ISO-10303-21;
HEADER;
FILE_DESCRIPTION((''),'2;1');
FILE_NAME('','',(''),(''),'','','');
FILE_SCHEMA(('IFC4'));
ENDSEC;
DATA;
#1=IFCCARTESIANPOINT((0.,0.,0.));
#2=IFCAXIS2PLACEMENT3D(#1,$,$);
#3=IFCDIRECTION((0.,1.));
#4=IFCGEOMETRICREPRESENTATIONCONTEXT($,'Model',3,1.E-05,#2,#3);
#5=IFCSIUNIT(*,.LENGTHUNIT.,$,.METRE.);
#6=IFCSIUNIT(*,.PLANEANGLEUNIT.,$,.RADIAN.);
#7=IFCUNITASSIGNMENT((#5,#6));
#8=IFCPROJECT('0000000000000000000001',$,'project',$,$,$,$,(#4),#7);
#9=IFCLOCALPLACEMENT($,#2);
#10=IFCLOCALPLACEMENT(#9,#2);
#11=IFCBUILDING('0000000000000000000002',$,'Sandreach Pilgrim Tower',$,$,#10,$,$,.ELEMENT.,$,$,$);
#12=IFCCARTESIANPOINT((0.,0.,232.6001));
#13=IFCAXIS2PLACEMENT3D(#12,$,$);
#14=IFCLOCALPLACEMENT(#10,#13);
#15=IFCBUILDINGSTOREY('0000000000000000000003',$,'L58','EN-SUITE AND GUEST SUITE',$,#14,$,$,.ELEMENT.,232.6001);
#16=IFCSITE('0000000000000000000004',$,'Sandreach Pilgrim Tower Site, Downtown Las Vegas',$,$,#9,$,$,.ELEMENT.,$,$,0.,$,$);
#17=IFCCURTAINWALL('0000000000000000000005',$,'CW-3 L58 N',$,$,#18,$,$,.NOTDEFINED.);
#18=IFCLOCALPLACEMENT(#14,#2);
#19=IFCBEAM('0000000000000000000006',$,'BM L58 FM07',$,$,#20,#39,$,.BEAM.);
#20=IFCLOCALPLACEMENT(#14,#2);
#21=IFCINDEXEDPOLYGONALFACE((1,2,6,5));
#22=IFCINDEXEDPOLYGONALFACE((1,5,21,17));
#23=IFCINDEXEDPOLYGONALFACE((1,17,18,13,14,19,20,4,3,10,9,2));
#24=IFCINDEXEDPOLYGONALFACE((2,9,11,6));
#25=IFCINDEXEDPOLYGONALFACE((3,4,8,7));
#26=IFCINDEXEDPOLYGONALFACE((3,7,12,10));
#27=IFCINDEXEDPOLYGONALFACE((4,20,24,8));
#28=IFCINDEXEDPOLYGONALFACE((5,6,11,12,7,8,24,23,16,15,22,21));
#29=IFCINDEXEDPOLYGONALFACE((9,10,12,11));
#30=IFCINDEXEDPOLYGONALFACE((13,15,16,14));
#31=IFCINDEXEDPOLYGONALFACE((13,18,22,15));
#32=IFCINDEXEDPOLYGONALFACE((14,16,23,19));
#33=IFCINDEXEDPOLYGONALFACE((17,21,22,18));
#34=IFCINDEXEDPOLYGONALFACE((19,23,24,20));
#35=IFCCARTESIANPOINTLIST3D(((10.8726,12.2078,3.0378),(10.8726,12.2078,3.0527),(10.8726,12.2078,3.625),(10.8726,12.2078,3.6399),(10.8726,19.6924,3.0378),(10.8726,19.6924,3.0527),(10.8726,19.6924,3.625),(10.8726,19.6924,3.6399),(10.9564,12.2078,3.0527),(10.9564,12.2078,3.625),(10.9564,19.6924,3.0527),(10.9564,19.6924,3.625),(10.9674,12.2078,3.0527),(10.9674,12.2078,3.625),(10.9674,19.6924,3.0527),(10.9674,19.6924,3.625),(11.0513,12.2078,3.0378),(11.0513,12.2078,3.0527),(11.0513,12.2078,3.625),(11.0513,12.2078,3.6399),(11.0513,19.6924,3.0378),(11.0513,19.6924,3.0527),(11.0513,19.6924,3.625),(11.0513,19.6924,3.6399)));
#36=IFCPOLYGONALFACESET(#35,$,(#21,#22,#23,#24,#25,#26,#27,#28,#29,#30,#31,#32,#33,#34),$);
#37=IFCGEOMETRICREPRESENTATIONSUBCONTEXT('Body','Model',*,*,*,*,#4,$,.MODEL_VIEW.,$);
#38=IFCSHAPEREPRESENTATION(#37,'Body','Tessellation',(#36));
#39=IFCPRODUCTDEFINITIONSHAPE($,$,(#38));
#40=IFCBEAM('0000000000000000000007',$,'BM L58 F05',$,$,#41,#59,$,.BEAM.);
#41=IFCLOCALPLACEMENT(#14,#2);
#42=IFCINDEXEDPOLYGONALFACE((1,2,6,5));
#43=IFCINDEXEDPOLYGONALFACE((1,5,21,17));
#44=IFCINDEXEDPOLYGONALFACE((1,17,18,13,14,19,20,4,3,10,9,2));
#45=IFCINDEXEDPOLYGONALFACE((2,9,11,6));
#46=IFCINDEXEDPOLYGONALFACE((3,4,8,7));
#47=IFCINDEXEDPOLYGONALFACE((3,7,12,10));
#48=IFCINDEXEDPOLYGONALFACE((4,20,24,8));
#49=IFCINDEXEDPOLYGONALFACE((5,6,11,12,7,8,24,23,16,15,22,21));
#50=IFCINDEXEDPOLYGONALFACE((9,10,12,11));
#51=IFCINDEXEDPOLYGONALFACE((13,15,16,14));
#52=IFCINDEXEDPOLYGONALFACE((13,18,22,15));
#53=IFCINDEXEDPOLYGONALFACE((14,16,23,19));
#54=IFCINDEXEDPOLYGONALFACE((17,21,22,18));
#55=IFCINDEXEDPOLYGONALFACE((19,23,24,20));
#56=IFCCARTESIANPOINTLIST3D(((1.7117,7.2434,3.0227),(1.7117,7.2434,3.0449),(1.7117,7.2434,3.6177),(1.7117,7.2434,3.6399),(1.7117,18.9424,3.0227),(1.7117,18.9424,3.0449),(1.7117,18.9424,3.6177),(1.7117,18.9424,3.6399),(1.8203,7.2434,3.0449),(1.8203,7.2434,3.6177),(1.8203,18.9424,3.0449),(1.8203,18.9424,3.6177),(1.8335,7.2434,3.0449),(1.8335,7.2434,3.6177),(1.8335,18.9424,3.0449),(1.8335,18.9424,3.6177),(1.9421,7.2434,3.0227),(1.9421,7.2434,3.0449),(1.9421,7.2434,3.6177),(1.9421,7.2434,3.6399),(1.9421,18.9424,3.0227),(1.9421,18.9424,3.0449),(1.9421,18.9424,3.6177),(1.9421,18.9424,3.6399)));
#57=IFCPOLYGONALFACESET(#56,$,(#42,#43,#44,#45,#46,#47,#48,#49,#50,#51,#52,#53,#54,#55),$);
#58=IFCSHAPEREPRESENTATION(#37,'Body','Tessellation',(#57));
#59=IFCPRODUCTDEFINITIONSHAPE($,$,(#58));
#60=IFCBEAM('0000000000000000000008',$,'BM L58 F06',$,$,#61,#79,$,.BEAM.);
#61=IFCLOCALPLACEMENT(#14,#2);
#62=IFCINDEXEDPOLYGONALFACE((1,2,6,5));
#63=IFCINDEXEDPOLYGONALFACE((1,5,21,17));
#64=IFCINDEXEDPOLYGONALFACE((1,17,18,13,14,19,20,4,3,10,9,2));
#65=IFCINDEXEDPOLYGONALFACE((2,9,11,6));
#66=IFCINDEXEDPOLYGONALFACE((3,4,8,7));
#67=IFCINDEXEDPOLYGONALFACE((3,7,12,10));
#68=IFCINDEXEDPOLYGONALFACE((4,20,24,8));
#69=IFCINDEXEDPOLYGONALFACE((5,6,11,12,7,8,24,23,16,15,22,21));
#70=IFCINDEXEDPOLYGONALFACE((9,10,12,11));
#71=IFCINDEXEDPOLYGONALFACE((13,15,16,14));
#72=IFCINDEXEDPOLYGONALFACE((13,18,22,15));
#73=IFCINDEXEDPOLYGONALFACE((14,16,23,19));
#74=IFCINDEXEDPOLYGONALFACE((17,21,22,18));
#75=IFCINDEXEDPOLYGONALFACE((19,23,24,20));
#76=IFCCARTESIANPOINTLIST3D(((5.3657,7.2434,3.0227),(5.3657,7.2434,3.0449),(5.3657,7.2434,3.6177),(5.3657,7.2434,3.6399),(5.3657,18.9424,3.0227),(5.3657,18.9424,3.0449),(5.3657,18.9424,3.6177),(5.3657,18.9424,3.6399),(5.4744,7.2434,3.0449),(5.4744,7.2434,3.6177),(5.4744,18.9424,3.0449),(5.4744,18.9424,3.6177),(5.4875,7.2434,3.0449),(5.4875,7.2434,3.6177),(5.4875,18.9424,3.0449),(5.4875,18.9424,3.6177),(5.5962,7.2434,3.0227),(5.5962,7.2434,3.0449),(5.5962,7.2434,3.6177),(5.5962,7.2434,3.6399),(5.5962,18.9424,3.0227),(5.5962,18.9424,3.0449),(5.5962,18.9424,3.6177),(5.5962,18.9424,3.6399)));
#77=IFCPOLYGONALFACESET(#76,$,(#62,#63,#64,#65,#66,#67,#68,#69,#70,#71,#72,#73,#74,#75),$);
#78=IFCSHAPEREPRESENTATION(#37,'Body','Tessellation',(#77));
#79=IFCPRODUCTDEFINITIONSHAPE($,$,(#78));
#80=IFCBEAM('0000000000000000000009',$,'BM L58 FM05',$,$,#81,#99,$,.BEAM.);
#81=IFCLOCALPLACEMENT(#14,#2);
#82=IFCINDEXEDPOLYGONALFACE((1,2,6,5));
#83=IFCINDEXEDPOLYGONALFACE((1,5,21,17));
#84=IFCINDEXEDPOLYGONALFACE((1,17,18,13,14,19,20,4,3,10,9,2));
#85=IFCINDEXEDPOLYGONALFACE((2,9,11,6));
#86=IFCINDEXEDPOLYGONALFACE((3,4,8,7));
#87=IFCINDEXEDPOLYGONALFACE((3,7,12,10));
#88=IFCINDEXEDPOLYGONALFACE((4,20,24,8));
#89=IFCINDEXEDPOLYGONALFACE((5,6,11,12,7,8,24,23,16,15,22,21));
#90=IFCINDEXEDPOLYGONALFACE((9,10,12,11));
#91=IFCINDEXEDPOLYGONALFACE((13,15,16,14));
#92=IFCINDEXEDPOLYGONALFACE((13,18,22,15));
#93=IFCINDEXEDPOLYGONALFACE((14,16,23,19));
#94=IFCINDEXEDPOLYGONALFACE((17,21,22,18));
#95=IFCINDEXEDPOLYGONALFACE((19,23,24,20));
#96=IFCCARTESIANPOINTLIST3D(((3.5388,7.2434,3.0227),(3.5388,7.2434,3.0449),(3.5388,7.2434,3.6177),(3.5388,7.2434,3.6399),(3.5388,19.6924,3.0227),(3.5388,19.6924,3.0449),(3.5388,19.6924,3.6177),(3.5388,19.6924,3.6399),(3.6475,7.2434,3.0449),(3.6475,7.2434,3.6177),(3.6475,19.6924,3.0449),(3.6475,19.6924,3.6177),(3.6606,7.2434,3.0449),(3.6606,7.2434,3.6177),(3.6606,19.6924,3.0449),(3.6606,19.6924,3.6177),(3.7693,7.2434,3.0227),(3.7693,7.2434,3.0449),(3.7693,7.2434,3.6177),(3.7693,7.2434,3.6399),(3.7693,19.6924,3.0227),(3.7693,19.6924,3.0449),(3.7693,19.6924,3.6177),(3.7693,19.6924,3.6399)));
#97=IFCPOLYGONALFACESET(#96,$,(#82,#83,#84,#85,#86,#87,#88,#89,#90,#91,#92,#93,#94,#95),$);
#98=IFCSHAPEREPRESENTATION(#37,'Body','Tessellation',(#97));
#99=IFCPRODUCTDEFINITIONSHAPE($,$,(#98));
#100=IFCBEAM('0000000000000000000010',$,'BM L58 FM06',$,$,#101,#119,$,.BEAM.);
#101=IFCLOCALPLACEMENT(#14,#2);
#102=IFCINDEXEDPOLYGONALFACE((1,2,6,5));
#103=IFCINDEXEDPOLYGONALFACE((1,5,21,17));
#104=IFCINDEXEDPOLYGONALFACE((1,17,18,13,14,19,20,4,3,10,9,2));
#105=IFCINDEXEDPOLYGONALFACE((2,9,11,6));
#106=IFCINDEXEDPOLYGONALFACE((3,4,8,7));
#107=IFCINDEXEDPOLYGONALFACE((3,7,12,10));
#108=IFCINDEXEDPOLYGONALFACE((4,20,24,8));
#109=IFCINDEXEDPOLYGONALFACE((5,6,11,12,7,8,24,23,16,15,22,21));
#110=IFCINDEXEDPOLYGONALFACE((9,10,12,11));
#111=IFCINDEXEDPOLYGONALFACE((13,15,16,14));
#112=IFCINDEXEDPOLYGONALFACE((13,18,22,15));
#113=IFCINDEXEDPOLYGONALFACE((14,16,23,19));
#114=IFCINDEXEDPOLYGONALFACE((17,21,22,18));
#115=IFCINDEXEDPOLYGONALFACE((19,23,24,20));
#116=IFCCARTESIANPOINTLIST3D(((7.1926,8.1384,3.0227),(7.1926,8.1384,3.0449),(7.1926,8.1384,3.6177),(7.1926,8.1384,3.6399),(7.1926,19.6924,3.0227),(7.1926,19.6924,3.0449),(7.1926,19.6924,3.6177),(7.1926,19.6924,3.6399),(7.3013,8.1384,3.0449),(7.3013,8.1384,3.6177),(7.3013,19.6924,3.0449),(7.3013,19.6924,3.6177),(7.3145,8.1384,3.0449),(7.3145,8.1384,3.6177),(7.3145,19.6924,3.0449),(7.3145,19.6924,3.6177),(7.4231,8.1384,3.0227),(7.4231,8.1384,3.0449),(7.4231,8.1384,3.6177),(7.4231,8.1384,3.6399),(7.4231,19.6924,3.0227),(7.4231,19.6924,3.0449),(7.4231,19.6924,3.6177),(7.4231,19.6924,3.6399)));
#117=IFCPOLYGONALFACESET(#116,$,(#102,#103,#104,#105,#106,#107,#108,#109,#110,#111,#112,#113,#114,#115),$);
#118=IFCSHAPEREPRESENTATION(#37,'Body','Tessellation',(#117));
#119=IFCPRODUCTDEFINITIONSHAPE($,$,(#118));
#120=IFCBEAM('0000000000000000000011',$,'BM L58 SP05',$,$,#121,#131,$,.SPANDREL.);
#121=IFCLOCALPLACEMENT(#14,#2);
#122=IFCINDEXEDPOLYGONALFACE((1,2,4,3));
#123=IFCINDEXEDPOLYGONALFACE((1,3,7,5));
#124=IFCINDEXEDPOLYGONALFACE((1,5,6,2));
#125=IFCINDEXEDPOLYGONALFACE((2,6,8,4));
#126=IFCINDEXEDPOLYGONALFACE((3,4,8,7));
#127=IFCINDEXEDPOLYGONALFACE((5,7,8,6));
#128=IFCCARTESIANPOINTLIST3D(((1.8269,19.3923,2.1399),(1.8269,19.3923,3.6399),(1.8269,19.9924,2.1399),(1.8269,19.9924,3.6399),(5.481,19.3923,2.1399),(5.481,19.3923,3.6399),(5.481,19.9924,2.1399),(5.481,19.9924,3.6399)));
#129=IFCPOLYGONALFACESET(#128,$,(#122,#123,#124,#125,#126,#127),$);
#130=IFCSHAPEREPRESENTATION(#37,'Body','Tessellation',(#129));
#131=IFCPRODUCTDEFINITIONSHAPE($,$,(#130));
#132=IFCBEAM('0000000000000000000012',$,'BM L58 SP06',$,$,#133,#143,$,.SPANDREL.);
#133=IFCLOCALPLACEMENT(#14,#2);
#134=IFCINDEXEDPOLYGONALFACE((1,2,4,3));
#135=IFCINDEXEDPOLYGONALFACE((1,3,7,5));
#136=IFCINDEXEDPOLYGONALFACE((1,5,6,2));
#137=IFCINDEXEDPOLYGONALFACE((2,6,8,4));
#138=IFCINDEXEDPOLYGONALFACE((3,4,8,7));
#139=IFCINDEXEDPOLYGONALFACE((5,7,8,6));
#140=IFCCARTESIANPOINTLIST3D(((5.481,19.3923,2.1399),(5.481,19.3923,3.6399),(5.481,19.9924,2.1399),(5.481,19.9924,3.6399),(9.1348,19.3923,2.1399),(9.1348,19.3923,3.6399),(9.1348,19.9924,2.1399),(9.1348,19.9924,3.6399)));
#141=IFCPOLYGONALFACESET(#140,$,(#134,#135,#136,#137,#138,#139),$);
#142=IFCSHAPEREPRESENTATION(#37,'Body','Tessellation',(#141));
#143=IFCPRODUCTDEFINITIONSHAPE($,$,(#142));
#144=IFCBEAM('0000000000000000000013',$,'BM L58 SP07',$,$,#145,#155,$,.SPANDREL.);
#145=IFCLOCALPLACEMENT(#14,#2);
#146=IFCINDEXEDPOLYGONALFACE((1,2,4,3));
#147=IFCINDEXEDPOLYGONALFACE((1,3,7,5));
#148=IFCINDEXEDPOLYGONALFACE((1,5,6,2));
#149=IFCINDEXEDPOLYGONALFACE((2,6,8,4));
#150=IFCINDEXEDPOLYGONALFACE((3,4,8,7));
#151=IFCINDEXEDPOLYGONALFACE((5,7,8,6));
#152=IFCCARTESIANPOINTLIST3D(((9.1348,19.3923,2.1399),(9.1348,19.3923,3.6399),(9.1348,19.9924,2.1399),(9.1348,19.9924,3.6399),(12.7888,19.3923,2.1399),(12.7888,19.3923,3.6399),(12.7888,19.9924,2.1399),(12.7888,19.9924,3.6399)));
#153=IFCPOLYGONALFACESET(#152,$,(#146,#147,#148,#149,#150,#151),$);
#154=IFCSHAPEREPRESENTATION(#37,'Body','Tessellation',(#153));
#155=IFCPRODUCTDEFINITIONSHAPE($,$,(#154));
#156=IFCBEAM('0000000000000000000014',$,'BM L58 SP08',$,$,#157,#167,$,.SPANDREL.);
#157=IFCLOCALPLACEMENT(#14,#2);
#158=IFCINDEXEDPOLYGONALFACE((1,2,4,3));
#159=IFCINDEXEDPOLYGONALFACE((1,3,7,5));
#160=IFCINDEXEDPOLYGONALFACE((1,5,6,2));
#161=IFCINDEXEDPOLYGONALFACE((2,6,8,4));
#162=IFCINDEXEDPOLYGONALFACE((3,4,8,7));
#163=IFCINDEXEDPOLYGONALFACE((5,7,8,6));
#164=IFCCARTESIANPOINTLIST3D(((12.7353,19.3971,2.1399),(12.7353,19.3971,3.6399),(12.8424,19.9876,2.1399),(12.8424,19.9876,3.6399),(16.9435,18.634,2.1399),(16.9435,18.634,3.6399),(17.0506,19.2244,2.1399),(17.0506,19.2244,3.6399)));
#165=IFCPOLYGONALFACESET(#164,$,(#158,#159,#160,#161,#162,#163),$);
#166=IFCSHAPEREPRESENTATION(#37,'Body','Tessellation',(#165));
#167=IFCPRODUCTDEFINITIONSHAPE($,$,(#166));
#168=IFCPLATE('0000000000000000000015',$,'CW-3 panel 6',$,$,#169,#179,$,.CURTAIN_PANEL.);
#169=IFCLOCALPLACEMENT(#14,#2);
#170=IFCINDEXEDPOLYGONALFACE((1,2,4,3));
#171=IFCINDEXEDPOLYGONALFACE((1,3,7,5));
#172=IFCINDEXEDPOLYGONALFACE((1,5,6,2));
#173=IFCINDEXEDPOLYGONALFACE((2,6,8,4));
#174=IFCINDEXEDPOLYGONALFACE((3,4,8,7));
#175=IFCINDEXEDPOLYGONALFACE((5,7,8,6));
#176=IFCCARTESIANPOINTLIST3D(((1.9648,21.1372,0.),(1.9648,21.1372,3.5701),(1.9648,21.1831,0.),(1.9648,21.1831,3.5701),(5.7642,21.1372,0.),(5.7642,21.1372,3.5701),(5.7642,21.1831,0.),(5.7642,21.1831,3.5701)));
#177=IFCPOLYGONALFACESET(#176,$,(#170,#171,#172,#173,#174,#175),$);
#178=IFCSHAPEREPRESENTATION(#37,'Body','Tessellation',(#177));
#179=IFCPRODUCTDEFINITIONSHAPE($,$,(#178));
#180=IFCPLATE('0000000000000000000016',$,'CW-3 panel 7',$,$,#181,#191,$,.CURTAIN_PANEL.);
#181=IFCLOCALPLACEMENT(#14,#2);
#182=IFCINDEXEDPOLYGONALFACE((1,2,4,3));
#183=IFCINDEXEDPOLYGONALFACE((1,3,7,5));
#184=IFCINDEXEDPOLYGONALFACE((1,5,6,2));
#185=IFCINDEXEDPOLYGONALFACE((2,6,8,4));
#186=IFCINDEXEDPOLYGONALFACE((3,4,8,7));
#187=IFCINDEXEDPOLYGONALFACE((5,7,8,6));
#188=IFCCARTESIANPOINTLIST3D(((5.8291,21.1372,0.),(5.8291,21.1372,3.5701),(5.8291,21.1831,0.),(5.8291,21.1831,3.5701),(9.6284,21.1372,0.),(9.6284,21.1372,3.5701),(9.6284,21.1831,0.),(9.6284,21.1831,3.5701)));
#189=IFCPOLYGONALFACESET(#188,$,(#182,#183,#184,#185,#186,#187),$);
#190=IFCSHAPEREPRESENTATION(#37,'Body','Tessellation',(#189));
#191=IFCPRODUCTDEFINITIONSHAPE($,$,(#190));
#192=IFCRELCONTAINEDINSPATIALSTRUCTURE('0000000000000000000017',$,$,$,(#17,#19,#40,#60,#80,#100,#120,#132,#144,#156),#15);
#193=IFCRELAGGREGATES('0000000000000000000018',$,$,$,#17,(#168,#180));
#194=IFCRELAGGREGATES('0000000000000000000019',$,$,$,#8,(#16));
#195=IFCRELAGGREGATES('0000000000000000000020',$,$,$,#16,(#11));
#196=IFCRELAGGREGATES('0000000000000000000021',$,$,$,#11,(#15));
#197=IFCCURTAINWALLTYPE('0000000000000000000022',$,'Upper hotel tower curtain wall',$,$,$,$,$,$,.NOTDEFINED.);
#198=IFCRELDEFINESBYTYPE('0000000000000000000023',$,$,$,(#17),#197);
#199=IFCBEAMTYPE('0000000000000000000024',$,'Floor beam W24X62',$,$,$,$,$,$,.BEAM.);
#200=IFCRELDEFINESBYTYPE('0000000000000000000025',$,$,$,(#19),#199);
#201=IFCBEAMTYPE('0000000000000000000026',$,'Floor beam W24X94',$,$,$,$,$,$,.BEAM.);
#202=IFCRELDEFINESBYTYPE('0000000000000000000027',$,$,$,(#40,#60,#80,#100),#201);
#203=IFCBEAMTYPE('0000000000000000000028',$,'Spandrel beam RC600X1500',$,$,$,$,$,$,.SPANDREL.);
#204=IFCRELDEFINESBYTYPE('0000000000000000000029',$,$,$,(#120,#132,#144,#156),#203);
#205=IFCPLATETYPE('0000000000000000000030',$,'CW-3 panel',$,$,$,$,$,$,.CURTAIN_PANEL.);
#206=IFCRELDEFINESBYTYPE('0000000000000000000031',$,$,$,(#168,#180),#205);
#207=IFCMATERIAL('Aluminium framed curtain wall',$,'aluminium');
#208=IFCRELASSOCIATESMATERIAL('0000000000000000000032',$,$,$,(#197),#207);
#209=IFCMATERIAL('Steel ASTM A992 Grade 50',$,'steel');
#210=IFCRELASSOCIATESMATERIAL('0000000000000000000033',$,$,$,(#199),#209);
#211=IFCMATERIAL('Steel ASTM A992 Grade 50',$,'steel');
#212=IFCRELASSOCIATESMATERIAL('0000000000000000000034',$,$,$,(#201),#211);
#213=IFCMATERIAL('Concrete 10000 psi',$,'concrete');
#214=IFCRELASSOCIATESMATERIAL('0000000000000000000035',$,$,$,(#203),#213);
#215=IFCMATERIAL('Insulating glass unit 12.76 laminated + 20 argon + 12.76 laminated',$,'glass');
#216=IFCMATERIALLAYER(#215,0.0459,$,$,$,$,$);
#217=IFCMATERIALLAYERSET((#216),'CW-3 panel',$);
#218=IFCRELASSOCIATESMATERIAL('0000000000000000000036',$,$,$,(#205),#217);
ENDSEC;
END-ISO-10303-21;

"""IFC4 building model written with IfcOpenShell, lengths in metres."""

from ifc_helpers import new_model, si_unit, direction, frame, origin, origin_2d, place, context, subcontext, project, spatial, rectangle, i_section, extrude, material, layer, layer_set, material_profile, profile_set, type_object, element, aggregate, save


model = new_model("IFC4")

# Units and contexts
model_context = context("Model", 3, precision=1e-05, world=origin(), true_north=direction((0.0, 1.0)))
body_context = subcontext(model_context, "Body", "Model", "MODEL_VIEW")
ifc_project = project(units=[si_unit("LENGTHUNIT", "METRE"), si_unit("PLANEANGLEUNIT", "RADIAN")], contexts=[model_context])

# Site, building, storey
site_placement = place(None, origin())
site = spatial("IfcSite", under=ifc_project, at=site_placement, Name="Sandreach Pilgrim Tower Site, Downtown Las Vegas", CompositionType="ELEMENT", RefElevation=0.0)
building_placement = place(site_placement, origin())
building = spatial("IfcBuilding", under=site, at=building_placement, Name="Sandreach Pilgrim Tower", CompositionType="ELEMENT")
storey_placement = place(building_placement, frame((0.0, 0.0, 232.6001)))
storey = spatial("IfcBuildingStorey", under=building, at=storey_placement, Name="L58", Description="EN-SUITE AND GUEST SUITE", CompositionType="ELEMENT", Elevation=232.6001)

# Curtain wall
ifc_material_1 = material(Name="Aluminium framed curtain wall", Category="aluminium")
curtain_wall_type = type_object("IfcCurtainWallType", Name="Upper hotel tower curtain wall", PredefinedType="NOTDEFINED", material=ifc_material_1)
curtain_wall_placement = place(storey_placement, origin())
curtain_wall = element("IfcCurtainWall", 1, at=curtain_wall_placement, inside=storey, type_object=curtain_wall_type, Name="CW-3 L58 N", PredefinedType="NOTDEFINED")

# Beams
ifc_material_2 = material(Name="Steel ASTM A992 Grade 50", Category="steel")
ifc_material_profile_1 = material_profile(ifc_material_2, i_section(OverallWidth=0.1787, OverallDepth=0.6021, WebThickness=0.011, FlangeThickness=0.0149, at=origin_2d()), Name="W24X62")
ifc_profile_set_1 = profile_set([ifc_material_profile_1], Name="Steel ASTM A992 Grade 50")
beam_type_1 = type_object("IfcBeamType", Name="Floor beam W24X62", PredefinedType="BEAM", material=ifc_profile_set_1)
beam_1_placement = place(storey_placement, frame((10.9619, 19.6924, 3.3389), z_axis=(0.0, -1.0, 0.0), x_axis=(1.0, 0.0, 0.0)))
element("IfcBeam", 2, at=beam_1_placement, inside=storey, type_object=beam_type_1, Name="BM L58 FM07", PredefinedType="BEAM", context=body_context, shape_type="SweptSolid", body=[
    extrude(i_section(OverallWidth=0.1787, OverallDepth=0.6021, WebThickness=0.011, FlangeThickness=0.0149, at=origin_2d()), origin(), (0.0, 0.0, 1.0), 7.4846),
])
ifc_material_3 = material(Name="Steel ASTM A992 Grade 50", Category="steel")
ifc_material_profile_2 = material_profile(ifc_material_3, i_section(OverallWidth=0.2305, OverallDepth=0.6172, WebThickness=0.0132, FlangeThickness=0.0222, at=origin_2d()), Name="W24X94")
ifc_profile_set_2 = profile_set([ifc_material_profile_2], Name="Steel ASTM A992 Grade 50")
beam_type_2 = type_object("IfcBeamType", Name="Floor beam W24X94", PredefinedType="BEAM", material=ifc_profile_set_2)
for number, where, z_axis, x_axis, name in (
    (3, (1.8269, 18.9424, 3.3313), (0.0, -1.0, 0.0), (1.0, 0.0, 0.0), "BM L58 F05"),
    (4, (5.481, 18.9424, 3.3313), (0.0, -1.0, 0.0), (1.0, 0.0, 0.0), "BM L58 F06"),
):
    element("IfcBeam", number, at=place(storey_placement, frame(where, z_axis=z_axis, x_axis=x_axis)), inside=storey, type_object=beam_type_2, Name=name, PredefinedType="BEAM", context=body_context, shape_type="SweptSolid", body=[
        extrude(i_section(OverallWidth=0.2305, OverallDepth=0.6172, WebThickness=0.0132, FlangeThickness=0.0222, at=origin_2d()), origin(), (0.0, 0.0, 1.0), 11.699),
    ])
beam_2_placement = place(storey_placement, frame((3.6541, 19.6924, 3.3313), z_axis=(0.0, -1.0, 0.0), x_axis=(1.0, 0.0, 0.0)))
element("IfcBeam", 5, at=beam_2_placement, inside=storey, type_object=beam_type_2, Name="BM L58 FM05", PredefinedType="BEAM", context=body_context, shape_type="SweptSolid", body=[
    extrude(i_section(OverallWidth=0.2305, OverallDepth=0.6172, WebThickness=0.0132, FlangeThickness=0.0222, at=origin_2d()), origin(), (0.0, 0.0, 1.0), 12.449),
])
beam_3_placement = place(storey_placement, frame((7.3079, 19.6924, 3.3313), z_axis=(0.0, -1.0, 0.0), x_axis=(1.0, 0.0, 0.0)))
element("IfcBeam", 6, at=beam_3_placement, inside=storey, type_object=beam_type_2, Name="BM L58 FM06", PredefinedType="BEAM", context=body_context, shape_type="SweptSolid", body=[
    extrude(i_section(OverallWidth=0.2305, OverallDepth=0.6172, WebThickness=0.0132, FlangeThickness=0.0222, at=origin_2d()), origin(), (0.0, 0.0, 1.0), 11.554),
])
ifc_material_4 = material(Name="Concrete 10000 psi", Category="concrete")
ifc_material_profile_3 = material_profile(ifc_material_4, rectangle(XDim=0.6001, YDim=1.5, at=origin_2d()), Name="RC600X1500")
ifc_profile_set_3 = profile_set([ifc_material_profile_3], Name="Concrete 10000 psi")
beam_type_3 = type_object("IfcBeamType", Name="Spandrel beam RC600X1500", PredefinedType="SPANDREL", material=ifc_profile_set_3)
beam_4_placement = place(storey_placement, frame((1.8269, 19.6924, 2.8899), z_axis=(1.0, 0.0, 0.0), x_axis=(0.0, 1.0, 0.0)))
element("IfcBeam", 7, at=beam_4_placement, inside=storey, type_object=beam_type_3, Name="BM L58 SP05", PredefinedType="SPANDREL", context=body_context, shape_type="SweptSolid", body=[
    extrude(rectangle(XDim=0.6001, YDim=1.5, at=origin_2d()), origin(), (0.0, 0.0, 1.0), 3.6541),
])
beam_5_placement = place(storey_placement, frame((5.481, 19.6924, 2.8899), z_axis=(1.0, 0.0, 0.0), x_axis=(0.0, 1.0, 0.0)))
element("IfcBeam", 8, at=beam_5_placement, inside=storey, type_object=beam_type_3, Name="BM L58 SP06", PredefinedType="SPANDREL", context=body_context, shape_type="SweptSolid", body=[
    extrude(rectangle(XDim=0.6001, YDim=1.5, at=origin_2d()), origin(), (0.0, 0.0, 1.0), 3.6538),
])
beam_6_placement = place(storey_placement, frame((9.1348, 19.6924, 2.8899), z_axis=(1.0, 0.0, 0.0), x_axis=(0.0, 1.0, 0.0)))
element("IfcBeam", 9, at=beam_6_placement, inside=storey, type_object=beam_type_3, Name="BM L58 SP07", PredefinedType="SPANDREL", context=body_context, shape_type="SweptSolid", body=[
    extrude(rectangle(XDim=0.6001, YDim=1.5, at=origin_2d()), origin(), (0.0, 0.0, 1.0), 3.6541),
])
beam_7_placement = place(storey_placement, frame((12.7888, 19.6924, 2.8899), z_axis=(0.98395, -0.178443, 0.0), x_axis=(0.178443, 0.98395, 0.0)))
element("IfcBeam", 10, at=beam_7_placement, inside=storey, type_object=beam_type_3, Name="BM L58 SP08", PredefinedType="SPANDREL", context=body_context, shape_type="SweptSolid", body=[
    extrude(rectangle(XDim=0.6001, YDim=1.5, at=origin_2d()), origin(), (0.0, 0.0, 1.0), 4.2769),
])

# Plates
ifc_material_5 = material(Name="Insulating glass unit 12.76 laminated + 20 argon + 12.76 laminated", Category="glass")
ifc_layer_1 = layer(ifc_material_5, 0.0459)
ifc_layer_set_1 = layer_set([ifc_layer_1], Name="CW-3 panel")
plate_type = type_object("IfcPlateType", Name="CW-3 panel", PredefinedType="CURTAIN_PANEL", material=ifc_layer_set_1)
plate_1_placement = place(storey_placement, frame((3.8645, 21.1602, 0.0), z_axis=(0.0, 0.0, 1.0), x_axis=(1.0, 0.0, 0.0)))
plate_1 = element("IfcPlate", 11, at=plate_1_placement, type_object=plate_type, Name="CW-3 panel 6", PredefinedType="CURTAIN_PANEL", context=body_context, shape_type="SweptSolid", body=[
    extrude(rectangle(XDim=3.7993, YDim=0.0459, at=origin_2d()), origin(), (0.0, 0.0, 1.0), 3.5701),
])
plate_2_placement = place(storey_placement, frame((7.7288, 21.1602, 0.0), z_axis=(0.0, 0.0, 1.0), x_axis=(1.0, 0.0, 0.0)))
plate_2 = element("IfcPlate", 12, at=plate_2_placement, type_object=plate_type, Name="CW-3 panel 7", PredefinedType="CURTAIN_PANEL", context=body_context, shape_type="SweptSolid", body=[
    extrude(rectangle(XDim=3.7993, YDim=0.0459, at=origin_2d()), origin(), (0.0, 0.0, 1.0), 3.5701),
])
aggregate(curtain_wall, [plate_1, plate_2])

save(model, "model.ifc")
